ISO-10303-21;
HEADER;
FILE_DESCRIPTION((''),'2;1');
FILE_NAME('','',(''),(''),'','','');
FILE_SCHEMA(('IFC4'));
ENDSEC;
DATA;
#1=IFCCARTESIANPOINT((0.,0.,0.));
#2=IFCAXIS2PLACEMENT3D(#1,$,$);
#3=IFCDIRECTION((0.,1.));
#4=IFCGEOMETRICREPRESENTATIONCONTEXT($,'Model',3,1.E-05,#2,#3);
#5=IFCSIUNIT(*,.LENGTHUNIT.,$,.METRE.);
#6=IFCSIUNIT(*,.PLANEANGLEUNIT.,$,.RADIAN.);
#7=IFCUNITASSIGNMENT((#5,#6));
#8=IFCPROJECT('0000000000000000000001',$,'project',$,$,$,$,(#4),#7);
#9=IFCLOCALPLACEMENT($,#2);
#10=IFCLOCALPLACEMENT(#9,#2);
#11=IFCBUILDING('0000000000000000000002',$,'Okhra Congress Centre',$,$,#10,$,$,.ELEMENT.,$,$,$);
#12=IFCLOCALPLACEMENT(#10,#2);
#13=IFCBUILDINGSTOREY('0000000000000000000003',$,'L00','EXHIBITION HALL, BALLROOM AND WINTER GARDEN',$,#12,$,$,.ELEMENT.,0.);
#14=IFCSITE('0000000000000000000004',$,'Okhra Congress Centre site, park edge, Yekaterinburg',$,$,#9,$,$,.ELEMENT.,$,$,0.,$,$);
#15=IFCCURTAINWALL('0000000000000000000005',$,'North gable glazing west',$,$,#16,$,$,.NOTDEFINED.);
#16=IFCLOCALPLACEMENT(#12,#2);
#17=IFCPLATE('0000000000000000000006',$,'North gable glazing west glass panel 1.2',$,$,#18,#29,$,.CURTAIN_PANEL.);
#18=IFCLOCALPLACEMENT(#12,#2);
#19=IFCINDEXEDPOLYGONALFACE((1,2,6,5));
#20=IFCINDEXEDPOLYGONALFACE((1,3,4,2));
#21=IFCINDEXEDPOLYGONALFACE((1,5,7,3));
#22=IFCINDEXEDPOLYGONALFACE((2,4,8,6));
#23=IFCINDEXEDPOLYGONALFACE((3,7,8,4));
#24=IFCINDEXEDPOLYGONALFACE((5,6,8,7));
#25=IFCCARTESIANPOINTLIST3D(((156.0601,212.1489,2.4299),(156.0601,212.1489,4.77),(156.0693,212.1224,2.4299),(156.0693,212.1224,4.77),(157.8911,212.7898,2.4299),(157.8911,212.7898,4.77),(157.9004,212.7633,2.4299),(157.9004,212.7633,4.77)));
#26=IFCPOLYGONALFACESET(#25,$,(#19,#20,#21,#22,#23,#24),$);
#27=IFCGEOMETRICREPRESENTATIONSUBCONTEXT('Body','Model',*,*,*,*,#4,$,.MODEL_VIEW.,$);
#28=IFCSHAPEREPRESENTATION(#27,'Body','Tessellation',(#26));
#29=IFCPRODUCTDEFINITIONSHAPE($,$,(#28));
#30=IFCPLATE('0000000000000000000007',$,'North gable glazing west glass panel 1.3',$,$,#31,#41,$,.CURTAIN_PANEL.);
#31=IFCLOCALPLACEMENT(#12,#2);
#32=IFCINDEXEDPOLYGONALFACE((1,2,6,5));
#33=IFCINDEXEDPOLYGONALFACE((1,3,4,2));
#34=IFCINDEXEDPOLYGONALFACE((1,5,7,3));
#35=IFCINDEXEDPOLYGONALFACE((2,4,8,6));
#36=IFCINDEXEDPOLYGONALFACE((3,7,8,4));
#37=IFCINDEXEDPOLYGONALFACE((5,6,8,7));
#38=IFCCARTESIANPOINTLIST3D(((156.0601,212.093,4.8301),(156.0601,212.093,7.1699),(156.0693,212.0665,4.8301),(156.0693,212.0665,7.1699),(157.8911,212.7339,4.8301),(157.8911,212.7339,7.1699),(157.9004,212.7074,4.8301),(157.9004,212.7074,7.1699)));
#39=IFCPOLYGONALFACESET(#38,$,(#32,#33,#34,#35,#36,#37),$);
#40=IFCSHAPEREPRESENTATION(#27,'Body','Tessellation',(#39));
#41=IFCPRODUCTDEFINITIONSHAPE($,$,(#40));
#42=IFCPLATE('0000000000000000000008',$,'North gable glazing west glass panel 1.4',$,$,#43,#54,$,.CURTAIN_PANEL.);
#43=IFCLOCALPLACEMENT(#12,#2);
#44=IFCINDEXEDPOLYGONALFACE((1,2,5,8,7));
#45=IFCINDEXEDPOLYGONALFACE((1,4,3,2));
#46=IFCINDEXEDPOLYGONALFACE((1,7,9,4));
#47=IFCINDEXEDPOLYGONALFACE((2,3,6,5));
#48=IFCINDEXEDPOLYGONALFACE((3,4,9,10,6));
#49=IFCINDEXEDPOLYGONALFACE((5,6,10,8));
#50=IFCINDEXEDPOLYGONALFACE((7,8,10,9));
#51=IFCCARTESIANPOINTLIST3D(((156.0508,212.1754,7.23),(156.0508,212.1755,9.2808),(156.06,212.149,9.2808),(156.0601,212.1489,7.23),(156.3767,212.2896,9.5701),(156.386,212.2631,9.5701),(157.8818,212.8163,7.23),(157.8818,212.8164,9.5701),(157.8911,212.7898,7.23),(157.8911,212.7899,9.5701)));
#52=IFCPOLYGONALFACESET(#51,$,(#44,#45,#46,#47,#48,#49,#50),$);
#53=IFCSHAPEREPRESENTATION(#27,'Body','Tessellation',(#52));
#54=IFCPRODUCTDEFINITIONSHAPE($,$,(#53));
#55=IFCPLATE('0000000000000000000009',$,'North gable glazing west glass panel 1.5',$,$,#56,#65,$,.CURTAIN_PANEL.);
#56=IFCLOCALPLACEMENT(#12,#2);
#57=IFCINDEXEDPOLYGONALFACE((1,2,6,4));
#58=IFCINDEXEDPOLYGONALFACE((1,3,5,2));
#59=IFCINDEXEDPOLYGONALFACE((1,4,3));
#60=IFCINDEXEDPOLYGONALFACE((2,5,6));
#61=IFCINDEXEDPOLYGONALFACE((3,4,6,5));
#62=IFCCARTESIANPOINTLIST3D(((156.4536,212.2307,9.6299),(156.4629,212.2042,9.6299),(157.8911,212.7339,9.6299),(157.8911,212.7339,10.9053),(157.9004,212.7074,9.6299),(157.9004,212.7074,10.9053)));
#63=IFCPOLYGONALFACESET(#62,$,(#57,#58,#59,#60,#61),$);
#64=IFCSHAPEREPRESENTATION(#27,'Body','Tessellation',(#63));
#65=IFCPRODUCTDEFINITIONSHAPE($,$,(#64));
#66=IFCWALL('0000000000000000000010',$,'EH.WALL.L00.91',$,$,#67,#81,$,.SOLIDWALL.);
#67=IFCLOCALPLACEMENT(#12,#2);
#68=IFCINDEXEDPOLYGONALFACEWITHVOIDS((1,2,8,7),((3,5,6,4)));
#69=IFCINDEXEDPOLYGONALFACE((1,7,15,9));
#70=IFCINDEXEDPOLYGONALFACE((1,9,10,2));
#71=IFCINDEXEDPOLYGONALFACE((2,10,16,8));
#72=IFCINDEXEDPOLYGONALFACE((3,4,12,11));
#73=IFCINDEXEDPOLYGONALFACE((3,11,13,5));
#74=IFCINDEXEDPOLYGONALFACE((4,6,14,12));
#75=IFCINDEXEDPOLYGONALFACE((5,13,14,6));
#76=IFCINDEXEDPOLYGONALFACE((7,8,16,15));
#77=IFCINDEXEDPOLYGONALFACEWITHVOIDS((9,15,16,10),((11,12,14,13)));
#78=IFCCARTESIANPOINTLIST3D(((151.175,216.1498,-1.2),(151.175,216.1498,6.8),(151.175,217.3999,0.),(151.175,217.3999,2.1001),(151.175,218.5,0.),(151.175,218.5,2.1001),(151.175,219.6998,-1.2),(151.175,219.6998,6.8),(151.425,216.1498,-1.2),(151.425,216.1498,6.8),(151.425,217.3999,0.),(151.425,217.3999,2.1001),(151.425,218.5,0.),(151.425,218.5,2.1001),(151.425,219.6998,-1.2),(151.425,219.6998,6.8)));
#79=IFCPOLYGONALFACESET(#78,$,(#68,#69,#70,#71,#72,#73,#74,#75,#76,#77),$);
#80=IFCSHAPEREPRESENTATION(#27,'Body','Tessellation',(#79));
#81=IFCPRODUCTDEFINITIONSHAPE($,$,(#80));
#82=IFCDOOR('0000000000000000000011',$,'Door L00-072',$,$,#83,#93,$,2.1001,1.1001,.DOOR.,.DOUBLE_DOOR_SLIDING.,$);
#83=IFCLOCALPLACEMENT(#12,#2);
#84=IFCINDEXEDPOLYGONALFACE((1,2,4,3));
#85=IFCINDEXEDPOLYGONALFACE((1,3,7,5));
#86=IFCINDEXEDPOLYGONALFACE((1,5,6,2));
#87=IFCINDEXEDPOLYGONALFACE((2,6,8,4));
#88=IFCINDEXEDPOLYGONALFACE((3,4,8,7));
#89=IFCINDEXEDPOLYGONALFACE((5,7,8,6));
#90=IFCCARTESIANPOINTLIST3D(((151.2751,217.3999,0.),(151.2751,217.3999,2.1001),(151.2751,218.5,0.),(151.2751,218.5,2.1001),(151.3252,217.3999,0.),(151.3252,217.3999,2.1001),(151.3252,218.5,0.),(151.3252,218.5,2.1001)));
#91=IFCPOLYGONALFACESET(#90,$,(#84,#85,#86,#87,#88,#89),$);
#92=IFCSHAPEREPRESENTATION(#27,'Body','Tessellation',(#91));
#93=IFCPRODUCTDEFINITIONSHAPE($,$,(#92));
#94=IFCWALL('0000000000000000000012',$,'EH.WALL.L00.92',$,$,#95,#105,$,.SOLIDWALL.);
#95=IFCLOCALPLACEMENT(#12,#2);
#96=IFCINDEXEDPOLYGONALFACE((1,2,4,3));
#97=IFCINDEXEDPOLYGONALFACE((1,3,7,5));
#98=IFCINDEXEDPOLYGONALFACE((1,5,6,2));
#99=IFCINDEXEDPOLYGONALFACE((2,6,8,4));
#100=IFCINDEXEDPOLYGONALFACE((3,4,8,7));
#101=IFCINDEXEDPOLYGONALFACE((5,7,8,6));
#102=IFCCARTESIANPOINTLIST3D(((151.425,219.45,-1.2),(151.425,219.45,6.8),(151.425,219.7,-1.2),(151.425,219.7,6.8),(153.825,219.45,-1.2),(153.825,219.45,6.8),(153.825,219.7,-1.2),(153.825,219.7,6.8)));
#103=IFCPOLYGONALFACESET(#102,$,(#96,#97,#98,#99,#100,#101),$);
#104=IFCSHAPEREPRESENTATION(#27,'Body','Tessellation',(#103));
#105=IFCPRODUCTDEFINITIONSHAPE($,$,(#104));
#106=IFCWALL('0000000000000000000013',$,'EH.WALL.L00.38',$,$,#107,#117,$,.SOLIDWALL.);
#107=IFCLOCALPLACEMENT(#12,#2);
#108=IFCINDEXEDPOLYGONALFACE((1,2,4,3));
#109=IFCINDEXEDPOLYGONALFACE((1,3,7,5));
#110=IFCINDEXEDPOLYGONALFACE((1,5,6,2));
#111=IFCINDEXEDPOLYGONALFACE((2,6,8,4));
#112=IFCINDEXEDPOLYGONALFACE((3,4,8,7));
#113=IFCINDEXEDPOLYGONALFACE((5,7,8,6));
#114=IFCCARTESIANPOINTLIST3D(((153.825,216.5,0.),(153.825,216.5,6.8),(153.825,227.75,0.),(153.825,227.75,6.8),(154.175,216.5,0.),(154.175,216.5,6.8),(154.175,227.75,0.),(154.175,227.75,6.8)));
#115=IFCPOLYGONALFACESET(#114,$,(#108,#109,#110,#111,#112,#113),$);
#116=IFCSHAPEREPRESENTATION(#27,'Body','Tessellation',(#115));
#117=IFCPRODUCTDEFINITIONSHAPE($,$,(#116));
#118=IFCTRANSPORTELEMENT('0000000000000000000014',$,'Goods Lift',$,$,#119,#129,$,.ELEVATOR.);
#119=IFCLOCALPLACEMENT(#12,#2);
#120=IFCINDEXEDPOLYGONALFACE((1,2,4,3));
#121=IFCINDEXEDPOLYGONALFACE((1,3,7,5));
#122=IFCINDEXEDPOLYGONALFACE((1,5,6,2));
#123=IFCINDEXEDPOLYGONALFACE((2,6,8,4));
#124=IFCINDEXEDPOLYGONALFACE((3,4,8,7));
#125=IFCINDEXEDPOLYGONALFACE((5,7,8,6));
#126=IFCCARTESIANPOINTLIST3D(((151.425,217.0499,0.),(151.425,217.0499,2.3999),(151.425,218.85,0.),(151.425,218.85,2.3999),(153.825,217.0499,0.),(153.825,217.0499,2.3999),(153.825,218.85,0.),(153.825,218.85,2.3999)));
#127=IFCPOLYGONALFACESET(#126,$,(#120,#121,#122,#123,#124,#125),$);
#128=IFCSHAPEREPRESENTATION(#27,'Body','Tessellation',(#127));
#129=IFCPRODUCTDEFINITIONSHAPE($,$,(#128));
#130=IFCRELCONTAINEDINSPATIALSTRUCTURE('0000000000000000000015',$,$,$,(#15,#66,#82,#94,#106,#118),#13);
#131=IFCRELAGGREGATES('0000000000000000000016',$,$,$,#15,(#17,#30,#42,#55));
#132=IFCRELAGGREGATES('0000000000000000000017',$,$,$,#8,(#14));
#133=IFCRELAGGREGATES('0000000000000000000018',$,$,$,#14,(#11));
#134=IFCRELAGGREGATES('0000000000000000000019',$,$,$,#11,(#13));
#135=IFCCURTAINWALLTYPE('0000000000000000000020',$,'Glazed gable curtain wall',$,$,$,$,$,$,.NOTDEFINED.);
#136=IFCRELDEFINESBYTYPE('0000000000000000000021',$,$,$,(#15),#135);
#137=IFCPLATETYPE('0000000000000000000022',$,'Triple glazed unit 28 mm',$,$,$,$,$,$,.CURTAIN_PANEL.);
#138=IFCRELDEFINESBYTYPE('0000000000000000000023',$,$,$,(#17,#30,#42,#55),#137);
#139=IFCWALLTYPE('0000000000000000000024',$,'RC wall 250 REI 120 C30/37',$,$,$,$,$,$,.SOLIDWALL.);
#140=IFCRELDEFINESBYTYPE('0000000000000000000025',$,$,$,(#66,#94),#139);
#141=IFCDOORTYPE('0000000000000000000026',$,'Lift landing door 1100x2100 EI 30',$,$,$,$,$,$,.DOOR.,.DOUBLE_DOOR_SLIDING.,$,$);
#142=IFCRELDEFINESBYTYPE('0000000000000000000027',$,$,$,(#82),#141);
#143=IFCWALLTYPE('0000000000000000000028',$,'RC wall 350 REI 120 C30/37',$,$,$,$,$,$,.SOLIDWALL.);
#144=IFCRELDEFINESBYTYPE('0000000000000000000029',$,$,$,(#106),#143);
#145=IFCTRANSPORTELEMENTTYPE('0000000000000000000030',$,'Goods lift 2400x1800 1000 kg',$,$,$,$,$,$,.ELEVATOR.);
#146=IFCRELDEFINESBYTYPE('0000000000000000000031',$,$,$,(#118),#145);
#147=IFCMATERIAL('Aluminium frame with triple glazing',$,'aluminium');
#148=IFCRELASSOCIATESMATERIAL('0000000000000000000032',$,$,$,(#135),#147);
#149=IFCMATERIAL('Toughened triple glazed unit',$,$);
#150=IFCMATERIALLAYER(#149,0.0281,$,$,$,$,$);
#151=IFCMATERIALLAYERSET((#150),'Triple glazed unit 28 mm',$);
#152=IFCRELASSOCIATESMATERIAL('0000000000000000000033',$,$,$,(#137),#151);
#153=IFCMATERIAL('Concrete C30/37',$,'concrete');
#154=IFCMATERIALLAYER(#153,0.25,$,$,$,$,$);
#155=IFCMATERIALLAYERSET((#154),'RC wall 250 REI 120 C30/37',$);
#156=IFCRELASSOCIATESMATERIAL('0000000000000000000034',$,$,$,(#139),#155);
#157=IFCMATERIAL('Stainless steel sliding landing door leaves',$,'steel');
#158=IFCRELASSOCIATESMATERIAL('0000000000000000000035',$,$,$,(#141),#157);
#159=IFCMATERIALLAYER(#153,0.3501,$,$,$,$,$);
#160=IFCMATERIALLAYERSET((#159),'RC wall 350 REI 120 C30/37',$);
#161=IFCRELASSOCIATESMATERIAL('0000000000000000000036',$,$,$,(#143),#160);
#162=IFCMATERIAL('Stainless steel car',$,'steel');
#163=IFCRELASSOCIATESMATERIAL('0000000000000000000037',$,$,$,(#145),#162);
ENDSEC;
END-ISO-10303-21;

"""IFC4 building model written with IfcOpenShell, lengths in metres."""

from ifc_helpers import new_model, si_unit, direction, frame, frame_2d, origin, origin_2d, place, context, subcontext, project, spatial, polyline, rectangle, outline, extrude, material, layer, layer_set, type_object, element, fill, aggregate, save


model = new_model("IFC4")

# Units and contexts
model_context = context("Model", 3, precision=1e-05, world=origin(), true_north=direction((0.0, 1.0)))
body_context = subcontext(model_context, "Body", "Model", "MODEL_VIEW")
ifc_project = project(units=[si_unit("LENGTHUNIT", "METRE"), si_unit("PLANEANGLEUNIT", "RADIAN")], contexts=[model_context])

# Site, building, storey
site_placement = place(None, origin())
site = spatial("IfcSite", under=ifc_project, at=site_placement, Name="Okhra Congress Centre site, park edge, Yekaterinburg", CompositionType="ELEMENT", RefElevation=0.0)
building_placement = place(site_placement, origin())
building = spatial("IfcBuilding", under=site, at=building_placement, Name="Okhra Congress Centre", CompositionType="ELEMENT")
storey_placement = place(building_placement, origin())
storey = spatial("IfcBuildingStorey", under=building, at=storey_placement, Name="L00", Description="EXHIBITION HALL, BALLROOM AND WINTER GARDEN", CompositionType="ELEMENT", Elevation=0.0)

# Shared definitions
ifc_material_1 = material(Name="Concrete C30/37", Category="concrete")

# Curtain wall, plates
ifc_material_2 = material(Name="Aluminium frame with triple glazing", Category="aluminium")
curtain_wall_type = type_object("IfcCurtainWallType", Name="Glazed gable curtain wall", PredefinedType="NOTDEFINED", material=ifc_material_2)
curtain_wall_placement = place(storey_placement, origin())
curtain_wall = element("IfcCurtainWall", 1, at=curtain_wall_placement, inside=storey, type_object=curtain_wall_type, Name="North gable glazing west", PredefinedType="NOTDEFINED")
ifc_material_3 = material(Name="Toughened triple glazed unit")
ifc_layer_1 = layer(ifc_material_3, 0.0281)
ifc_layer_set_1 = layer_set([ifc_layer_1], Name="Triple glazed unit 28 mm")
plate_type = type_object("IfcPlateType", Name="Triple glazed unit 28 mm", PredefinedType="CURTAIN_PANEL", material=ifc_layer_set_1)
plate_1_placement = place(storey_placement, frame((157.8911, 212.7898, 2.4299), z_axis=(-0.33035, 0.943858, 0.0), x_axis=(-0.943858, -0.33035, 0.0)))
plate_1 = element("IfcPlate", 2, at=plate_1_placement, type_object=plate_type, Name="North gable glazing west glass panel 1.2", PredefinedType="CURTAIN_PANEL", context=body_context, shape_type="SweptSolid", body=[
    extrude(outline(polyline([(0.0, 0.0), (1.94, 0.0), (1.94, 2.3401), (0.0, 2.3401), (0.0, 0.0)])), origin(), (0.0, 0.0, -1.0), 0.0281),
])
plate_2_placement = place(storey_placement, frame((157.8911, 212.7339, 4.8301), z_axis=(-0.33035, 0.943858, 0.0), x_axis=(-0.943858, -0.33035, 0.0)))
plate_2 = element("IfcPlate", 3, at=plate_2_placement, type_object=plate_type, Name="North gable glazing west glass panel 1.3", PredefinedType="CURTAIN_PANEL", context=body_context, shape_type="SweptSolid", body=[
    extrude(outline(polyline([(0.0, 0.0), (1.94, 0.0), (1.94, 2.3398), (0.0, 2.3398), (0.0, 0.0)])), origin(), (0.0, 0.0, -1.0), 0.0281),
])
plate_3_placement = place(storey_placement, frame((157.8911, 212.7898, 7.23), z_axis=(0.330345, -0.94386, 0.000037), x_axis=(-0.94386, -0.330345, 0.0)))
plate_3 = element("IfcPlate", 4, at=plate_3_placement, type_object=plate_type, Name="North gable glazing west glass panel 1.4", PredefinedType="CURTAIN_PANEL", context=body_context, shape_type="SweptSolid", body=[
    extrude(outline(polyline([(0.0, 0.0), (1.94, 0.0), (1.94, -2.0508), (1.5946, -2.3401), (0.0, -2.3401), (0.0, 0.0)])), origin(), (0.0, 0.0, -1.0), 0.0281),
])
plate_4_placement = place(storey_placement, frame((157.8911, 212.7339, 9.6299), z_axis=(-0.330379, 0.943848, 0.0), x_axis=(-0.943848, -0.330379, 0.0)))
plate_4 = element("IfcPlate", 5, at=plate_4_placement, type_object=plate_type, Name="North gable glazing west glass panel 1.5", PredefinedType="CURTAIN_PANEL", context=body_context, shape_type="SweptSolid", body=[
    extrude(outline(polyline([(0.0, 0.0), (1.523, 0.0), (0.0, 1.2754), (0.0, 0.0)])), origin(), (0.0, 0.0, -1.0), 0.0281),
])
aggregate(curtain_wall, [plate_1, plate_2, plate_3, plate_4])

# Wall, opening, door
ifc_layer_2 = layer(ifc_material_1, 0.25)
ifc_layer_set_2 = layer_set([ifc_layer_2], Name="RC wall 250 REI 120 C30/37")
wall_type_1 = type_object("IfcWallType", Name="RC wall 250 REI 120 C30/37", PredefinedType="SOLIDWALL", material=ifc_layer_set_2)
wall_1_placement = place(storey_placement, frame((151.3, 216.1499, -1.2), z_axis=(0.0, 0.0, 1.0), x_axis=(0.0, 1.0, 0.0)))
wall_1 = element("IfcWall", 6, at=wall_1_placement, inside=storey, type_object=wall_type_1, Name="EH.WALL.L00.91", PredefinedType="SOLIDWALL", context=body_context, shape_type="SweptSolid", body=[
    extrude(rectangle(XDim=3.55, YDim=0.25, at=frame_2d((1.7749, 0.0))), origin(), (0.0, 0.0, 1.0), 8.0),
])
opening_placement = place(wall_1_placement, frame((1.25, 0.0, 1.2)))
opening = element("IfcOpeningElement", 7, at=opening_placement, cuts=wall_1, PredefinedType="OPENING", context=body_context, shape_type="SweptSolid", body=[
    extrude(rectangle(XDim=1.1001, YDim=2.1001, at=frame_2d((0.55, 1.05))), frame((0.0, 0.135, 0.0), z_axis=(0.0, -1.0, 0.0), x_axis=(1.0, 0.0, 0.0)), (0.0, 0.0, 1.0), 0.27),
])
ifc_material_4 = material(Name="Stainless steel sliding landing door leaves", Category="steel")
door_type = type_object("IfcDoorType", Name="Lift landing door 1100x2100 EI 30", OperationType="DOUBLE_DOOR_SLIDING", PredefinedType="DOOR", material=ifc_material_4)
door_placement = place(opening_placement, origin())
door = element("IfcDoor", 8, at=door_placement, inside=storey, type_object=door_type, Name="Door L00-072", OperationType="DOUBLE_DOOR_SLIDING", OverallHeight=2.1001, OverallWidth=1.1001, PredefinedType="DOOR", context=body_context, shape_type="SweptSolid", body=[
    extrude(rectangle(XDim=1.1001, YDim=2.1001, at=frame_2d((0.55, 1.05))), frame((0.0, 0.0249, 0.0), z_axis=(0.0, -1.0, 0.0), x_axis=(1.0, 0.0, 0.0)), (0.0, 0.0, 1.0), 0.05),
])
fill(opening, door)

# Walls
wall_2_placement = place(storey_placement, frame((151.425, 219.575, -1.2), z_axis=(0.0, 0.0, 1.0), x_axis=(1.0, 0.0, 0.0)))
element("IfcWall", 9, at=wall_2_placement, inside=storey, type_object=wall_type_1, Name="EH.WALL.L00.92", PredefinedType="SOLIDWALL", context=body_context, shape_type="SweptSolid", body=[
    extrude(rectangle(XDim=2.3999, YDim=0.25, at=frame_2d((1.2, 0.0))), origin(), (0.0, 0.0, 1.0), 8.0),
])
ifc_layer_3 = layer(ifc_material_1, 0.3501)
ifc_layer_set_3 = layer_set([ifc_layer_3], Name="RC wall 350 REI 120 C30/37")
wall_type_2 = type_object("IfcWallType", Name="RC wall 350 REI 120 C30/37", PredefinedType="SOLIDWALL", material=ifc_layer_set_3)
wall_3_placement = place(storey_placement, frame((154.0, 216.5, 0.0), z_axis=(0.0, 0.0, 1.0), x_axis=(0.0, 1.0, 0.0)))
element("IfcWall", 10, at=wall_3_placement, inside=storey, type_object=wall_type_2, Name="EH.WALL.L00.38", PredefinedType="SOLIDWALL", context=body_context, shape_type="SweptSolid", body=[
    extrude(rectangle(XDim=11.25, YDim=0.3501, at=frame_2d((5.625, 0.0))), origin(), (0.0, 0.0, 1.0), 6.8),
])

# Transport element
ifc_material_5 = material(Name="Stainless steel car", Category="steel")
transport_element_type = type_object("IfcTransportElementType", Name="Goods lift 2400x1800 1000 kg", PredefinedType="ELEVATOR", material=ifc_material_5)
transport_element_placement = place(storey_placement, frame((152.625, 217.95, 0.0), z_axis=(0.0, 0.0, 1.0), x_axis=(1.0, 0.0, 0.0)))
element("IfcTransportElement", 11, at=transport_element_placement, inside=storey, type_object=transport_element_type, Name="Goods Lift", PredefinedType="ELEVATOR", context=body_context, shape_type="SweptSolid", body=[
    extrude(rectangle(XDim=2.3999, YDim=1.8, at=origin_2d()), origin(), (0.0, 0.0, 1.0), 2.3999),
])

save(model, "model.ifc")
